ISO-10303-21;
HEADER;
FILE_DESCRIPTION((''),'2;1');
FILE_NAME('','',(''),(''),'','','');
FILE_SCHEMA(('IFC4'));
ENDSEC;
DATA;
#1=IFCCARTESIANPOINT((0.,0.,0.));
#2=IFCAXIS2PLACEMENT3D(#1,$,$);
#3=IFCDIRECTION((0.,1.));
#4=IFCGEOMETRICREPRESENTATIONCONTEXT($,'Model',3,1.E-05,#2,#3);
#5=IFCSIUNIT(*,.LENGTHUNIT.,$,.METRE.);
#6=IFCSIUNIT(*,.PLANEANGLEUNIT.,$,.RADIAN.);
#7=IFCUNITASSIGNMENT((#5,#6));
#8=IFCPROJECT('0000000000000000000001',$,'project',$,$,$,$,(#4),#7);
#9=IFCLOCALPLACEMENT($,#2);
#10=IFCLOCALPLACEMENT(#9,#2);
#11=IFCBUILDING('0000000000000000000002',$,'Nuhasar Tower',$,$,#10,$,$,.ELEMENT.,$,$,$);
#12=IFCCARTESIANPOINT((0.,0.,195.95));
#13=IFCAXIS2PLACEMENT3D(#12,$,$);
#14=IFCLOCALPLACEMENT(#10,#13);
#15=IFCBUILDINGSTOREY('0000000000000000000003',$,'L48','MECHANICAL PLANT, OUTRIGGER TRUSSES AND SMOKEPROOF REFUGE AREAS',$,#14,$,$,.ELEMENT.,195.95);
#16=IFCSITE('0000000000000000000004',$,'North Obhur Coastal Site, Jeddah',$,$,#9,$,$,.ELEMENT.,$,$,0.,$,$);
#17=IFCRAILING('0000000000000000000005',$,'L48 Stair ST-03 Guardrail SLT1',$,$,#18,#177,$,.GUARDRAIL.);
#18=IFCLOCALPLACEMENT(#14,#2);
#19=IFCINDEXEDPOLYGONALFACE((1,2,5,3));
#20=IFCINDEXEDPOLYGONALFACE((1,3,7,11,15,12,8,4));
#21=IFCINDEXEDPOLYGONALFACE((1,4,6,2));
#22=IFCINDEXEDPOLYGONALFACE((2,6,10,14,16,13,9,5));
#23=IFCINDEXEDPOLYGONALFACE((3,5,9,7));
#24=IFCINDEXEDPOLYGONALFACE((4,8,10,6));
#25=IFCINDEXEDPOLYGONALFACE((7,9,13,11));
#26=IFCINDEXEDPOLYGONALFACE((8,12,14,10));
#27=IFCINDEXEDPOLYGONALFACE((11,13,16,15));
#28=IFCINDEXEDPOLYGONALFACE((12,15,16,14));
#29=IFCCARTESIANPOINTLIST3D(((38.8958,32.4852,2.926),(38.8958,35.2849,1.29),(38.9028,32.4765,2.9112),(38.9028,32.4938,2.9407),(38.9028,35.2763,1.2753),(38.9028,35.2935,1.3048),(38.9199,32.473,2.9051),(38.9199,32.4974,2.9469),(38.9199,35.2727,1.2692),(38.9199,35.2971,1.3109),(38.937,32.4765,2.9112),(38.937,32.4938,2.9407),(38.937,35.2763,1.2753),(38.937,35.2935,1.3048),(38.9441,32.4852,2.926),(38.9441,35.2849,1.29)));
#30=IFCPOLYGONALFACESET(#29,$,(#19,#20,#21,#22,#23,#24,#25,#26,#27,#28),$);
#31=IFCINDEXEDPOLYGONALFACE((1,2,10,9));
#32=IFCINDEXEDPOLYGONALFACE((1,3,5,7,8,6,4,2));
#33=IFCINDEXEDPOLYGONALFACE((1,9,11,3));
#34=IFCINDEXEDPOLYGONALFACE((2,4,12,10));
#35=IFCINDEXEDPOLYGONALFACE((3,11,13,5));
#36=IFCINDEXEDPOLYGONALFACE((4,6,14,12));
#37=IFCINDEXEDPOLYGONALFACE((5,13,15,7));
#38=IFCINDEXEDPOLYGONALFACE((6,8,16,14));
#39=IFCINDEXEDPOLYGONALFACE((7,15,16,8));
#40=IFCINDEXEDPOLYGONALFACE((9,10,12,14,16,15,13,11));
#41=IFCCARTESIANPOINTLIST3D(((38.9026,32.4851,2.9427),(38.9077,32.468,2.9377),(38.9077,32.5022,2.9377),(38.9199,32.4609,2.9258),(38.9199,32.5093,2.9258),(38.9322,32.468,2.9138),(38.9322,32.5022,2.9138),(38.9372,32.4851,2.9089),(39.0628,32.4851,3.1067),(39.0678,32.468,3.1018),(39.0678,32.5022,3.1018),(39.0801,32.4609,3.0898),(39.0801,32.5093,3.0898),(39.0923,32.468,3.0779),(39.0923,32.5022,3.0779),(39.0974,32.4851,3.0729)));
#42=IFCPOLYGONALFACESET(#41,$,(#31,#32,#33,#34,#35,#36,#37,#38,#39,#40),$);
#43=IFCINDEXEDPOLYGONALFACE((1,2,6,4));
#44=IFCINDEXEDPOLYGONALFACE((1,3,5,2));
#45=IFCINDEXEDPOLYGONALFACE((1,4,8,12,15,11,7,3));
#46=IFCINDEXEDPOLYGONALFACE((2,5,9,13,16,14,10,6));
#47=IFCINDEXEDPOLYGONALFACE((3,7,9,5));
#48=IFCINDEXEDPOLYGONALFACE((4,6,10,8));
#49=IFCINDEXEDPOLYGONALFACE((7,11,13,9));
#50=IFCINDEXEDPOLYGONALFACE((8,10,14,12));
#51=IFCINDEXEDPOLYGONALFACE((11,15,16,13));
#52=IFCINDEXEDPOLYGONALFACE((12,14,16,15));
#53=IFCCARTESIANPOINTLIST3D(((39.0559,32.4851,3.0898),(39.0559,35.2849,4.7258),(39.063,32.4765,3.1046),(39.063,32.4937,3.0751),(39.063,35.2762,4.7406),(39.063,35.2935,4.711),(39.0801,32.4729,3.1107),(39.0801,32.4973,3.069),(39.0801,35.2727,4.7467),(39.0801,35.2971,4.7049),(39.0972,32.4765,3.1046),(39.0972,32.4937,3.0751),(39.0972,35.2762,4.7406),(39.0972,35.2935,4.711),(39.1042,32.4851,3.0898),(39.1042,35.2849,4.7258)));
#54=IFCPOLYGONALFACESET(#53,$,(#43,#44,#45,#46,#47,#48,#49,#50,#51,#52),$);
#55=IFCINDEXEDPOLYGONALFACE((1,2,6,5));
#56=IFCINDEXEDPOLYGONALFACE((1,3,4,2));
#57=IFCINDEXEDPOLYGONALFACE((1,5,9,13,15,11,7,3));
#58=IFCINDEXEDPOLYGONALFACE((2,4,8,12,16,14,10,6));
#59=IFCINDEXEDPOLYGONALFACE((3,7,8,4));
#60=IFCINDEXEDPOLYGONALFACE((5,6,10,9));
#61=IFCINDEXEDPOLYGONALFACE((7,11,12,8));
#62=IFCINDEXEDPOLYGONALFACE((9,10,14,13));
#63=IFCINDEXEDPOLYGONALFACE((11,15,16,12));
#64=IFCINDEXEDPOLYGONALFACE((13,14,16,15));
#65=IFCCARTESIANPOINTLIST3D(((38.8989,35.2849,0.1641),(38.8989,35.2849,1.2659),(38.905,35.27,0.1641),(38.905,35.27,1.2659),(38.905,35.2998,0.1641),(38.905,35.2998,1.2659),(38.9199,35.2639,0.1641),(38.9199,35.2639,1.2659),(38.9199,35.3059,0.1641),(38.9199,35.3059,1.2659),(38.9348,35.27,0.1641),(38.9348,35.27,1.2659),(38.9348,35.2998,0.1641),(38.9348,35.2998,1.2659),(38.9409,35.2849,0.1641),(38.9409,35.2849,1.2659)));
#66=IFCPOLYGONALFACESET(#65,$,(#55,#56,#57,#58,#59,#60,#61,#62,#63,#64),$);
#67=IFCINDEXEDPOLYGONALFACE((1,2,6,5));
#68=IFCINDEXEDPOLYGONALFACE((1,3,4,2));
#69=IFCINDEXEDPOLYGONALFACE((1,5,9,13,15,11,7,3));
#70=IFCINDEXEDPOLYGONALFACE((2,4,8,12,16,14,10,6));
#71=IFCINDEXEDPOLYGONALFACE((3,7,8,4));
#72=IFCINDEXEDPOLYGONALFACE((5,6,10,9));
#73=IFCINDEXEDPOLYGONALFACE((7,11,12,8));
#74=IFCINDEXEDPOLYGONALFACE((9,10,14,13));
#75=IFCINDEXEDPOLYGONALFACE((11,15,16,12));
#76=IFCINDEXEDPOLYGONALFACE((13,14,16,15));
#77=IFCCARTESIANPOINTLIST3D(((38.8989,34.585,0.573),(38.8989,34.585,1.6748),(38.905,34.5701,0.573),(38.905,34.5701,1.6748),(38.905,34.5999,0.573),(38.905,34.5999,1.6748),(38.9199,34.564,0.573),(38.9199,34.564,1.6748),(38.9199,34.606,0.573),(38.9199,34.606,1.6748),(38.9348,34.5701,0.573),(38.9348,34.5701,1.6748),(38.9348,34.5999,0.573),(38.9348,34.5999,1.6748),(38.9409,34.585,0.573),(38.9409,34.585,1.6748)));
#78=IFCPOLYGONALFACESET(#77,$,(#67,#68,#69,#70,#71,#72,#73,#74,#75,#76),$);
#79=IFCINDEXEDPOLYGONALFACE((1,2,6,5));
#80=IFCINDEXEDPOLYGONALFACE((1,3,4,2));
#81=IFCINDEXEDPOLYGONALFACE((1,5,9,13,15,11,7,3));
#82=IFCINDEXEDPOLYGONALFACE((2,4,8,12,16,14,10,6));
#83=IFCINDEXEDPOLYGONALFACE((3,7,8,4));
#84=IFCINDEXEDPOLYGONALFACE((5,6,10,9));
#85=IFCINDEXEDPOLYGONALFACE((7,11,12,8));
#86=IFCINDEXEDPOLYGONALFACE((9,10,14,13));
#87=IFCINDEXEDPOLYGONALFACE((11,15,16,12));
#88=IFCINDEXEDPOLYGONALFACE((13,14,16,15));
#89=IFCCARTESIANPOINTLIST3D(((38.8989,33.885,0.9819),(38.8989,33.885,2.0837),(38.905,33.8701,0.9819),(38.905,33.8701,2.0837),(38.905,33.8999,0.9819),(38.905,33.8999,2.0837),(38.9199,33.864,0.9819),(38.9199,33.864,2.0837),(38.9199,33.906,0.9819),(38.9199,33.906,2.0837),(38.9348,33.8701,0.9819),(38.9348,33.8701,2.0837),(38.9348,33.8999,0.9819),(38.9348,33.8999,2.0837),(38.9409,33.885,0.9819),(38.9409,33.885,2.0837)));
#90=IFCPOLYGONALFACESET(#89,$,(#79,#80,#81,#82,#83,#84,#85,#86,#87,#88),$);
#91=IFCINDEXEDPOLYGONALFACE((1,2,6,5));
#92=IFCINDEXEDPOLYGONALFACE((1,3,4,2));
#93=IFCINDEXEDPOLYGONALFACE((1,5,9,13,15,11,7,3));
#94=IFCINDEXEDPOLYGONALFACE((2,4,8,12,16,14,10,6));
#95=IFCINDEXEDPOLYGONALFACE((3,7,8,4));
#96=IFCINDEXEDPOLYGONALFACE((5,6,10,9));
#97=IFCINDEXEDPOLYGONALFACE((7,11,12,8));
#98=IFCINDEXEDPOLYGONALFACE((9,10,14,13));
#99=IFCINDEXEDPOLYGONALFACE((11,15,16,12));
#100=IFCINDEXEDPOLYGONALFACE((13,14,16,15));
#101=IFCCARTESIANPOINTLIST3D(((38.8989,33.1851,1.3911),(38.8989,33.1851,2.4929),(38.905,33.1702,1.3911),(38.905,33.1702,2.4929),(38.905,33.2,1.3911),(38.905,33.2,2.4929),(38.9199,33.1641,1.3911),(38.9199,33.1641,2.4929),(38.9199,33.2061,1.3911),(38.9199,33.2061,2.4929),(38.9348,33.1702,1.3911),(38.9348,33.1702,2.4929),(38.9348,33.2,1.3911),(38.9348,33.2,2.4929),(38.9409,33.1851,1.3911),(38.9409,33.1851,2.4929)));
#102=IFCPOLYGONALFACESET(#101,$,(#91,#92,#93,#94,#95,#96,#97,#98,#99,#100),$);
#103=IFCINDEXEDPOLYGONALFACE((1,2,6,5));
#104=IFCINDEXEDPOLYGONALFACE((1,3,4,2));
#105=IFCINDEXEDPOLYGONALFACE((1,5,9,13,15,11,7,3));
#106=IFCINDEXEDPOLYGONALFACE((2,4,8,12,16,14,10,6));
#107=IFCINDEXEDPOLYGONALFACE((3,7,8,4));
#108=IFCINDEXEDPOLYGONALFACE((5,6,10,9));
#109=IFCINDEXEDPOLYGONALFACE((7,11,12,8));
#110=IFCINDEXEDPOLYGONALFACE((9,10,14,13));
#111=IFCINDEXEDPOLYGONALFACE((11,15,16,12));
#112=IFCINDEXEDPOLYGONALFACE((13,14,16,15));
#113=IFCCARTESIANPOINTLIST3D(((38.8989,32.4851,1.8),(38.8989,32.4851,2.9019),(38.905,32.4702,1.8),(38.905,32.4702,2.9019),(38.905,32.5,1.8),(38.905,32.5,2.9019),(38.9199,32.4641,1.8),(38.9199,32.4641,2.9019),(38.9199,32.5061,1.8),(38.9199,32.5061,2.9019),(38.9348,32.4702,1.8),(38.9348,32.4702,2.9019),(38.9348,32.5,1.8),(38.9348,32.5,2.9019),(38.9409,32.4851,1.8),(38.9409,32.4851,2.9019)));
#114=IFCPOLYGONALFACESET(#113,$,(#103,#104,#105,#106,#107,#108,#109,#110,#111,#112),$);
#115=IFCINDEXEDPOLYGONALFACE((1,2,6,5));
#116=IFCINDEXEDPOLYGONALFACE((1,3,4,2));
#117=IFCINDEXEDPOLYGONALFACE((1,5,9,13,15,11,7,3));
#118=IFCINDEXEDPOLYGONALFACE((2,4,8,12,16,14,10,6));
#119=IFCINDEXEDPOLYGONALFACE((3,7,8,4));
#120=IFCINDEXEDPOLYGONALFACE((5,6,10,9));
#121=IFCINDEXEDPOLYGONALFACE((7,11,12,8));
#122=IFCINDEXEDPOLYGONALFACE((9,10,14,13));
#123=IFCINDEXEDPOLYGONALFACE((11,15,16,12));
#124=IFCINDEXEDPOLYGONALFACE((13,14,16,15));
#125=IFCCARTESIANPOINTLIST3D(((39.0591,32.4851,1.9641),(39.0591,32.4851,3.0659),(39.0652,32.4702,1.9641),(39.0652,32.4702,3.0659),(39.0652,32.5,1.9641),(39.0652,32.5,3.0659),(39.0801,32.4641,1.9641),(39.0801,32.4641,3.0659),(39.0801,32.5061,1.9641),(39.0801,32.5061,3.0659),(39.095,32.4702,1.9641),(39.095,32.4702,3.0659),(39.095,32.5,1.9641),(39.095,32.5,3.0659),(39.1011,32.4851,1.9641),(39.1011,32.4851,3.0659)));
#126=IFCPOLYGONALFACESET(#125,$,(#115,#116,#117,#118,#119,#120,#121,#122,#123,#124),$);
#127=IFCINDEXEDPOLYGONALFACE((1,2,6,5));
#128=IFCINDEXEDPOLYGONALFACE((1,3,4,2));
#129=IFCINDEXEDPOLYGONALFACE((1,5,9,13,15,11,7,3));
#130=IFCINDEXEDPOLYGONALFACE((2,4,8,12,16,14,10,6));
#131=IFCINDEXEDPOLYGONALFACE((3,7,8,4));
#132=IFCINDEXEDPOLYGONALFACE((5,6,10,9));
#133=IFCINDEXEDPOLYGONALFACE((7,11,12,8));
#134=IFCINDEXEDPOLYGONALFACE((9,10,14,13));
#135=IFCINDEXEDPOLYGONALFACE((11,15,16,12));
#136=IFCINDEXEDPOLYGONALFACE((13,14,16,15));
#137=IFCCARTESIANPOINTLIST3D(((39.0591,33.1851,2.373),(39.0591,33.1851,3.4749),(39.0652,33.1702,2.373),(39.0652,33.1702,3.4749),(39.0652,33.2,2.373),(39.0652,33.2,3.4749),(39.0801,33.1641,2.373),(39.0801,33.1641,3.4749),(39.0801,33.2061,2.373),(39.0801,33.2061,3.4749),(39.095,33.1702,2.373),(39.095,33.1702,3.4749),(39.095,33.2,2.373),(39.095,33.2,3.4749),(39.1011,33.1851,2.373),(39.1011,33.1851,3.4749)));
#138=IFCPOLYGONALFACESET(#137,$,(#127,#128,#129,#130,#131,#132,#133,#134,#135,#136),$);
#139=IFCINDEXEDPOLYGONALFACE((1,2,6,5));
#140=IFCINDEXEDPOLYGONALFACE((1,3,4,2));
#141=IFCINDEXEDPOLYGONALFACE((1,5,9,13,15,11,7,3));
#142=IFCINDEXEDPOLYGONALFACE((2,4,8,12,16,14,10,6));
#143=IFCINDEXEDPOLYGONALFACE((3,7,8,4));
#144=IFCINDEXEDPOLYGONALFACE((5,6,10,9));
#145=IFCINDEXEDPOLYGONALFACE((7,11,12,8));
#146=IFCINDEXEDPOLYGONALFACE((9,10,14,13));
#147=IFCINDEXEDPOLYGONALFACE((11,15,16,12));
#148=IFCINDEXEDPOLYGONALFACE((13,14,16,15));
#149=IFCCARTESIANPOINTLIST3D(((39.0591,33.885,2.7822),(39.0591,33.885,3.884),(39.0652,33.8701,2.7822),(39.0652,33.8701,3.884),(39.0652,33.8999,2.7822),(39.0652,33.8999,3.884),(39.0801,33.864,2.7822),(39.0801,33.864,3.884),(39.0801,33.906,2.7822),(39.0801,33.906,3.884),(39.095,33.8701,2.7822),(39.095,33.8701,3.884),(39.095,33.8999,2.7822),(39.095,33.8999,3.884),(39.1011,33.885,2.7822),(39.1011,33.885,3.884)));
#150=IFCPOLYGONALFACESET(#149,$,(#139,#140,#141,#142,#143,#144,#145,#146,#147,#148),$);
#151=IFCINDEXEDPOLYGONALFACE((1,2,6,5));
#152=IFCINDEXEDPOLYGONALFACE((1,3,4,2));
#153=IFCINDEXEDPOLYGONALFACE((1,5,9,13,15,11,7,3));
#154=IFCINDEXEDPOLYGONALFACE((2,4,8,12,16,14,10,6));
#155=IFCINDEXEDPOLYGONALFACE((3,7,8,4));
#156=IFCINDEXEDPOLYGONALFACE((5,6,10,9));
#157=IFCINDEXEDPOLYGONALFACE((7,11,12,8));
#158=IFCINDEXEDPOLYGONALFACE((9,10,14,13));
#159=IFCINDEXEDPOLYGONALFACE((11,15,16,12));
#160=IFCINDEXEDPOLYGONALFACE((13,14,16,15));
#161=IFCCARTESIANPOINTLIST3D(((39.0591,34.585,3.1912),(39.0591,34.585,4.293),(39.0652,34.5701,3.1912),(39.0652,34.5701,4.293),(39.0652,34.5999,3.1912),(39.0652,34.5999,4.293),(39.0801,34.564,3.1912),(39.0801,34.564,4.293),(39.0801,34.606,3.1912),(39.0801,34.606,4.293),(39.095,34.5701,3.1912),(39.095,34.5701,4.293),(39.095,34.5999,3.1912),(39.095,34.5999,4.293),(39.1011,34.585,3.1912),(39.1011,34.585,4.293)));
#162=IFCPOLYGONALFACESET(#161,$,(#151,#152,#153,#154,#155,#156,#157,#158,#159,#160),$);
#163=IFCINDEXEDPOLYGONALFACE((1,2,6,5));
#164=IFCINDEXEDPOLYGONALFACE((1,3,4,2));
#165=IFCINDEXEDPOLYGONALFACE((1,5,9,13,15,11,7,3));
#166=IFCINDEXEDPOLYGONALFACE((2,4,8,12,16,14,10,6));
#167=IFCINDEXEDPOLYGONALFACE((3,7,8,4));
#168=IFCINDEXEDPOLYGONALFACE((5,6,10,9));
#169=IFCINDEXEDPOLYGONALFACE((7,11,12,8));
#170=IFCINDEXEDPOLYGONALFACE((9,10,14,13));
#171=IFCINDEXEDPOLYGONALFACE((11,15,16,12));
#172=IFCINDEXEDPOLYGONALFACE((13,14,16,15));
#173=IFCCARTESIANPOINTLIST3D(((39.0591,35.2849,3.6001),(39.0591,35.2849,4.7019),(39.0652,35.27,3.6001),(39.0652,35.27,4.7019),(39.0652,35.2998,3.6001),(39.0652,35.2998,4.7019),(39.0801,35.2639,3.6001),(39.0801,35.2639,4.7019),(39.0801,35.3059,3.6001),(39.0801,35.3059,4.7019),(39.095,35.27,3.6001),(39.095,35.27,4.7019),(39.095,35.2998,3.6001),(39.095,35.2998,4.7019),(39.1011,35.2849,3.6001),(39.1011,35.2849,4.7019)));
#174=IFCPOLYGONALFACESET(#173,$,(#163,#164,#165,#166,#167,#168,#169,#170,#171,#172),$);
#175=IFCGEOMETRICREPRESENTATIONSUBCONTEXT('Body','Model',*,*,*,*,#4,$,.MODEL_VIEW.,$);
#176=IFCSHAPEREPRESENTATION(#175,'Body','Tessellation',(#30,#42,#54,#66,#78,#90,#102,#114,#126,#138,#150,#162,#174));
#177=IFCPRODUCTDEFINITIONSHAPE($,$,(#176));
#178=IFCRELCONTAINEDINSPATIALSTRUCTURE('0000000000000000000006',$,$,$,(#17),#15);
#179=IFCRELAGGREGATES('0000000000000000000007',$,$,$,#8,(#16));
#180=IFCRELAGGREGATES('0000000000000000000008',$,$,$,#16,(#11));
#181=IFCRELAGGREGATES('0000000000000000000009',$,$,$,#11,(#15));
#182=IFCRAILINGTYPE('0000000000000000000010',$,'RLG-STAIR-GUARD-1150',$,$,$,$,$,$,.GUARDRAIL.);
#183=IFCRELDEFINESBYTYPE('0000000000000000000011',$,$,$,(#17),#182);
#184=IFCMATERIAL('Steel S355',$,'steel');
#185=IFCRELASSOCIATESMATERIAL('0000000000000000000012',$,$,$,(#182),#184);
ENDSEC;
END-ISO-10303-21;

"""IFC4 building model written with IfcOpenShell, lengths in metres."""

from ifc_helpers import new_model, si_unit, direction, frame, origin, place, context, subcontext, project, spatial, polyline, outline, extrude, material, type_object, element, save


model = new_model("IFC4")

# Units and contexts
model_context = context("Model", 3, precision=1e-05, world=origin(), true_north=direction((0.0, 1.0)))
body_context = subcontext(model_context, "Body", "Model", "MODEL_VIEW")
ifc_project = project(units=[si_unit("LENGTHUNIT", "METRE"), si_unit("PLANEANGLEUNIT", "RADIAN")], contexts=[model_context])

# Site, building, storey
site_placement = place(None, origin())
site = spatial("IfcSite", under=ifc_project, at=site_placement, Name="North Obhur Coastal Site, Jeddah", CompositionType="ELEMENT", RefElevation=0.0)
building_placement = place(site_placement, origin())
building = spatial("IfcBuilding", under=site, at=building_placement, Name="Nuhasar Tower", CompositionType="ELEMENT")
storey_placement = place(building_placement, frame((0.0, 0.0, 195.95)))
storey = spatial("IfcBuildingStorey", under=building, at=storey_placement, Name="L48", Description="MECHANICAL PLANT, OUTRIGGER TRUSSES AND SMOKEPROOF REFUGE AREAS", CompositionType="ELEMENT", Elevation=195.95)

# Shared definitions
ifc_material_1 = material(Name="Steel S355", Category="steel")

# Railing
railing_type_1 = type_object("IfcRailingType", Name="RLG-STAIR-GUARD-1150", PredefinedType="GUARDRAIL", material=ifc_material_1)
railing_1_placement = place(storey_placement, frame((38.9199, 35.2849, 0.1641)))
element("IfcRailing", 1, at=railing_1_placement, inside=storey, type_object=railing_type_1, Name="L48 Stair ST-03 Guardrail SLT1", PredefinedType="GUARDRAIL", context=body_context, shape_type="SweptSolid", body=[
    extrude(outline(polyline([(0.0242, 0.0), (0.0171, 0.0171), (0.0, 0.0242), (-0.0171, 0.0171), (-0.0242, 0.0), (-0.0171, -0.0171), (0.0, -0.0242), (0.0171, -0.0171), (0.0242, 0.0)])), frame((0.0, 0.0, 1.126), z_axis=(0.0, -0.863407, 0.504508), x_axis=(1.0, 0.0, 0.0)), (0.0, 0.0, 1.0), 3.2427),
    extrude(outline(polyline([(0.0242, 0.0), (0.0171, 0.0171), (0.0, 0.0242), (-0.0171, 0.0171), (-0.0242, 0.0), (-0.0171, -0.0171), (0.0, -0.0242), (0.0171, -0.0171), (0.0242, 0.0)])), frame((0.0, -2.7998, 2.7617), z_axis=(0.698537, 0.0, 0.715574), x_axis=(0.0, 1.0, 0.0)), (0.0, 0.0, 1.0), 0.2292),
    extrude(outline(polyline([(0.0242, 0.0), (0.0171, 0.0171), (0.0, 0.0242), (-0.0171, 0.0171), (-0.0242, 0.0), (-0.0171, -0.0171), (0.0, -0.0242), (0.0171, -0.0171), (0.0242, 0.0)])), frame((0.1602, -2.7998, 2.9258), z_axis=(0.0, 0.863407, 0.504508), x_axis=(-1.0, 0.0, 0.0)), (0.0, 0.0, 1.0), 3.2427),
    extrude(outline(polyline([(0.021, 0.0), (0.0149, 0.0149), (0.0, 0.021), (-0.0149, 0.0149), (-0.021, 0.0), (-0.0149, -0.0149), (0.0, -0.021), (0.0149, -0.0149), (0.021, 0.0)])), origin(), (0.0, 0.0, 1.0), 1.1018),
    extrude(outline(polyline([(0.021, 0.0), (0.0149, 0.0149), (0.0, 0.021), (-0.0149, 0.0149), (-0.021, 0.0), (-0.0149, -0.0149), (0.0, -0.021), (0.0149, -0.0149), (0.021, 0.0)])), frame((0.0, -0.7, 0.4089)), (0.0, 0.0, 1.0), 1.1018),
    extrude(outline(polyline([(0.021, 0.0), (0.0149, 0.0149), (0.0, 0.021), (-0.0149, 0.0149), (-0.021, 0.0), (-0.0149, -0.0149), (0.0, -0.021), (0.0149, -0.0149), (0.021, 0.0)])), frame((0.0, -1.3999, 0.8179)), (0.0, 0.0, 1.0), 1.1018),
    extrude(outline(polyline([(0.021, 0.0), (0.0149, 0.0149), (0.0, 0.021), (-0.0149, 0.0149), (-0.021, 0.0), (-0.0149, -0.0149), (0.0, -0.021), (0.0149, -0.0149), (0.021, 0.0)])), frame((0.0, -2.0999, 1.2271)), (0.0, 0.0, 1.0), 1.1018),
    extrude(outline(polyline([(0.021, 0.0), (0.0149, 0.0149), (0.0, 0.021), (-0.0149, 0.0149), (-0.021, 0.0), (-0.0149, -0.0149), (0.0, -0.021), (0.0149, -0.0149), (0.021, 0.0)])), frame((0.0, -2.7998, 1.636)), (0.0, 0.0, 1.0), 1.1018),
    extrude(outline(polyline([(0.021, 0.0), (0.0149, 0.0149), (0.0, 0.021), (-0.0149, 0.0149), (-0.021, 0.0), (-0.0149, -0.0149), (0.0, -0.021), (0.0149, -0.0149), (0.021, 0.0)])), frame((0.1602, -2.7998, 1.8)), (0.0, 0.0, 1.0), 1.1018),
    extrude(outline(polyline([(0.021, 0.0), (0.0149, 0.0149), (0.0, 0.021), (-0.0149, 0.0149), (-0.021, 0.0), (-0.0149, -0.0149), (0.0, -0.021), (0.0149, -0.0149), (0.021, 0.0)])), frame((0.1602, -2.0999, 2.209)), (0.0, 0.0, 1.0), 1.1018),
    extrude(outline(polyline([(0.021, 0.0), (0.0149, 0.0149), (0.0, 0.021), (-0.0149, 0.0149), (-0.021, 0.0), (-0.0149, -0.0149), (0.0, -0.021), (0.0149, -0.0149), (0.021, 0.0)])), frame((0.1602, -1.3999, 2.6182)), (0.0, 0.0, 1.0), 1.1018),
    extrude(outline(polyline([(0.021, 0.0), (0.0149, 0.0149), (0.0, 0.021), (-0.0149, 0.0149), (-0.021, 0.0), (-0.0149, -0.0149), (0.0, -0.021), (0.0149, -0.0149), (0.021, 0.0)])), frame((0.1602, -0.7, 3.0271)), (0.0, 0.0, 1.0), 1.1018),
    extrude(outline(polyline([(0.021, 0.0), (0.0149, 0.0149), (0.0, 0.021), (-0.0149, 0.0149), (-0.021, 0.0), (-0.0149, -0.0149), (0.0, -0.021), (0.0149, -0.0149), (0.021, 0.0)])), frame((0.1602, 0.0, 3.436)), (0.0, 0.0, 1.0), 1.1018),
])

save(model, "model.ifc")
